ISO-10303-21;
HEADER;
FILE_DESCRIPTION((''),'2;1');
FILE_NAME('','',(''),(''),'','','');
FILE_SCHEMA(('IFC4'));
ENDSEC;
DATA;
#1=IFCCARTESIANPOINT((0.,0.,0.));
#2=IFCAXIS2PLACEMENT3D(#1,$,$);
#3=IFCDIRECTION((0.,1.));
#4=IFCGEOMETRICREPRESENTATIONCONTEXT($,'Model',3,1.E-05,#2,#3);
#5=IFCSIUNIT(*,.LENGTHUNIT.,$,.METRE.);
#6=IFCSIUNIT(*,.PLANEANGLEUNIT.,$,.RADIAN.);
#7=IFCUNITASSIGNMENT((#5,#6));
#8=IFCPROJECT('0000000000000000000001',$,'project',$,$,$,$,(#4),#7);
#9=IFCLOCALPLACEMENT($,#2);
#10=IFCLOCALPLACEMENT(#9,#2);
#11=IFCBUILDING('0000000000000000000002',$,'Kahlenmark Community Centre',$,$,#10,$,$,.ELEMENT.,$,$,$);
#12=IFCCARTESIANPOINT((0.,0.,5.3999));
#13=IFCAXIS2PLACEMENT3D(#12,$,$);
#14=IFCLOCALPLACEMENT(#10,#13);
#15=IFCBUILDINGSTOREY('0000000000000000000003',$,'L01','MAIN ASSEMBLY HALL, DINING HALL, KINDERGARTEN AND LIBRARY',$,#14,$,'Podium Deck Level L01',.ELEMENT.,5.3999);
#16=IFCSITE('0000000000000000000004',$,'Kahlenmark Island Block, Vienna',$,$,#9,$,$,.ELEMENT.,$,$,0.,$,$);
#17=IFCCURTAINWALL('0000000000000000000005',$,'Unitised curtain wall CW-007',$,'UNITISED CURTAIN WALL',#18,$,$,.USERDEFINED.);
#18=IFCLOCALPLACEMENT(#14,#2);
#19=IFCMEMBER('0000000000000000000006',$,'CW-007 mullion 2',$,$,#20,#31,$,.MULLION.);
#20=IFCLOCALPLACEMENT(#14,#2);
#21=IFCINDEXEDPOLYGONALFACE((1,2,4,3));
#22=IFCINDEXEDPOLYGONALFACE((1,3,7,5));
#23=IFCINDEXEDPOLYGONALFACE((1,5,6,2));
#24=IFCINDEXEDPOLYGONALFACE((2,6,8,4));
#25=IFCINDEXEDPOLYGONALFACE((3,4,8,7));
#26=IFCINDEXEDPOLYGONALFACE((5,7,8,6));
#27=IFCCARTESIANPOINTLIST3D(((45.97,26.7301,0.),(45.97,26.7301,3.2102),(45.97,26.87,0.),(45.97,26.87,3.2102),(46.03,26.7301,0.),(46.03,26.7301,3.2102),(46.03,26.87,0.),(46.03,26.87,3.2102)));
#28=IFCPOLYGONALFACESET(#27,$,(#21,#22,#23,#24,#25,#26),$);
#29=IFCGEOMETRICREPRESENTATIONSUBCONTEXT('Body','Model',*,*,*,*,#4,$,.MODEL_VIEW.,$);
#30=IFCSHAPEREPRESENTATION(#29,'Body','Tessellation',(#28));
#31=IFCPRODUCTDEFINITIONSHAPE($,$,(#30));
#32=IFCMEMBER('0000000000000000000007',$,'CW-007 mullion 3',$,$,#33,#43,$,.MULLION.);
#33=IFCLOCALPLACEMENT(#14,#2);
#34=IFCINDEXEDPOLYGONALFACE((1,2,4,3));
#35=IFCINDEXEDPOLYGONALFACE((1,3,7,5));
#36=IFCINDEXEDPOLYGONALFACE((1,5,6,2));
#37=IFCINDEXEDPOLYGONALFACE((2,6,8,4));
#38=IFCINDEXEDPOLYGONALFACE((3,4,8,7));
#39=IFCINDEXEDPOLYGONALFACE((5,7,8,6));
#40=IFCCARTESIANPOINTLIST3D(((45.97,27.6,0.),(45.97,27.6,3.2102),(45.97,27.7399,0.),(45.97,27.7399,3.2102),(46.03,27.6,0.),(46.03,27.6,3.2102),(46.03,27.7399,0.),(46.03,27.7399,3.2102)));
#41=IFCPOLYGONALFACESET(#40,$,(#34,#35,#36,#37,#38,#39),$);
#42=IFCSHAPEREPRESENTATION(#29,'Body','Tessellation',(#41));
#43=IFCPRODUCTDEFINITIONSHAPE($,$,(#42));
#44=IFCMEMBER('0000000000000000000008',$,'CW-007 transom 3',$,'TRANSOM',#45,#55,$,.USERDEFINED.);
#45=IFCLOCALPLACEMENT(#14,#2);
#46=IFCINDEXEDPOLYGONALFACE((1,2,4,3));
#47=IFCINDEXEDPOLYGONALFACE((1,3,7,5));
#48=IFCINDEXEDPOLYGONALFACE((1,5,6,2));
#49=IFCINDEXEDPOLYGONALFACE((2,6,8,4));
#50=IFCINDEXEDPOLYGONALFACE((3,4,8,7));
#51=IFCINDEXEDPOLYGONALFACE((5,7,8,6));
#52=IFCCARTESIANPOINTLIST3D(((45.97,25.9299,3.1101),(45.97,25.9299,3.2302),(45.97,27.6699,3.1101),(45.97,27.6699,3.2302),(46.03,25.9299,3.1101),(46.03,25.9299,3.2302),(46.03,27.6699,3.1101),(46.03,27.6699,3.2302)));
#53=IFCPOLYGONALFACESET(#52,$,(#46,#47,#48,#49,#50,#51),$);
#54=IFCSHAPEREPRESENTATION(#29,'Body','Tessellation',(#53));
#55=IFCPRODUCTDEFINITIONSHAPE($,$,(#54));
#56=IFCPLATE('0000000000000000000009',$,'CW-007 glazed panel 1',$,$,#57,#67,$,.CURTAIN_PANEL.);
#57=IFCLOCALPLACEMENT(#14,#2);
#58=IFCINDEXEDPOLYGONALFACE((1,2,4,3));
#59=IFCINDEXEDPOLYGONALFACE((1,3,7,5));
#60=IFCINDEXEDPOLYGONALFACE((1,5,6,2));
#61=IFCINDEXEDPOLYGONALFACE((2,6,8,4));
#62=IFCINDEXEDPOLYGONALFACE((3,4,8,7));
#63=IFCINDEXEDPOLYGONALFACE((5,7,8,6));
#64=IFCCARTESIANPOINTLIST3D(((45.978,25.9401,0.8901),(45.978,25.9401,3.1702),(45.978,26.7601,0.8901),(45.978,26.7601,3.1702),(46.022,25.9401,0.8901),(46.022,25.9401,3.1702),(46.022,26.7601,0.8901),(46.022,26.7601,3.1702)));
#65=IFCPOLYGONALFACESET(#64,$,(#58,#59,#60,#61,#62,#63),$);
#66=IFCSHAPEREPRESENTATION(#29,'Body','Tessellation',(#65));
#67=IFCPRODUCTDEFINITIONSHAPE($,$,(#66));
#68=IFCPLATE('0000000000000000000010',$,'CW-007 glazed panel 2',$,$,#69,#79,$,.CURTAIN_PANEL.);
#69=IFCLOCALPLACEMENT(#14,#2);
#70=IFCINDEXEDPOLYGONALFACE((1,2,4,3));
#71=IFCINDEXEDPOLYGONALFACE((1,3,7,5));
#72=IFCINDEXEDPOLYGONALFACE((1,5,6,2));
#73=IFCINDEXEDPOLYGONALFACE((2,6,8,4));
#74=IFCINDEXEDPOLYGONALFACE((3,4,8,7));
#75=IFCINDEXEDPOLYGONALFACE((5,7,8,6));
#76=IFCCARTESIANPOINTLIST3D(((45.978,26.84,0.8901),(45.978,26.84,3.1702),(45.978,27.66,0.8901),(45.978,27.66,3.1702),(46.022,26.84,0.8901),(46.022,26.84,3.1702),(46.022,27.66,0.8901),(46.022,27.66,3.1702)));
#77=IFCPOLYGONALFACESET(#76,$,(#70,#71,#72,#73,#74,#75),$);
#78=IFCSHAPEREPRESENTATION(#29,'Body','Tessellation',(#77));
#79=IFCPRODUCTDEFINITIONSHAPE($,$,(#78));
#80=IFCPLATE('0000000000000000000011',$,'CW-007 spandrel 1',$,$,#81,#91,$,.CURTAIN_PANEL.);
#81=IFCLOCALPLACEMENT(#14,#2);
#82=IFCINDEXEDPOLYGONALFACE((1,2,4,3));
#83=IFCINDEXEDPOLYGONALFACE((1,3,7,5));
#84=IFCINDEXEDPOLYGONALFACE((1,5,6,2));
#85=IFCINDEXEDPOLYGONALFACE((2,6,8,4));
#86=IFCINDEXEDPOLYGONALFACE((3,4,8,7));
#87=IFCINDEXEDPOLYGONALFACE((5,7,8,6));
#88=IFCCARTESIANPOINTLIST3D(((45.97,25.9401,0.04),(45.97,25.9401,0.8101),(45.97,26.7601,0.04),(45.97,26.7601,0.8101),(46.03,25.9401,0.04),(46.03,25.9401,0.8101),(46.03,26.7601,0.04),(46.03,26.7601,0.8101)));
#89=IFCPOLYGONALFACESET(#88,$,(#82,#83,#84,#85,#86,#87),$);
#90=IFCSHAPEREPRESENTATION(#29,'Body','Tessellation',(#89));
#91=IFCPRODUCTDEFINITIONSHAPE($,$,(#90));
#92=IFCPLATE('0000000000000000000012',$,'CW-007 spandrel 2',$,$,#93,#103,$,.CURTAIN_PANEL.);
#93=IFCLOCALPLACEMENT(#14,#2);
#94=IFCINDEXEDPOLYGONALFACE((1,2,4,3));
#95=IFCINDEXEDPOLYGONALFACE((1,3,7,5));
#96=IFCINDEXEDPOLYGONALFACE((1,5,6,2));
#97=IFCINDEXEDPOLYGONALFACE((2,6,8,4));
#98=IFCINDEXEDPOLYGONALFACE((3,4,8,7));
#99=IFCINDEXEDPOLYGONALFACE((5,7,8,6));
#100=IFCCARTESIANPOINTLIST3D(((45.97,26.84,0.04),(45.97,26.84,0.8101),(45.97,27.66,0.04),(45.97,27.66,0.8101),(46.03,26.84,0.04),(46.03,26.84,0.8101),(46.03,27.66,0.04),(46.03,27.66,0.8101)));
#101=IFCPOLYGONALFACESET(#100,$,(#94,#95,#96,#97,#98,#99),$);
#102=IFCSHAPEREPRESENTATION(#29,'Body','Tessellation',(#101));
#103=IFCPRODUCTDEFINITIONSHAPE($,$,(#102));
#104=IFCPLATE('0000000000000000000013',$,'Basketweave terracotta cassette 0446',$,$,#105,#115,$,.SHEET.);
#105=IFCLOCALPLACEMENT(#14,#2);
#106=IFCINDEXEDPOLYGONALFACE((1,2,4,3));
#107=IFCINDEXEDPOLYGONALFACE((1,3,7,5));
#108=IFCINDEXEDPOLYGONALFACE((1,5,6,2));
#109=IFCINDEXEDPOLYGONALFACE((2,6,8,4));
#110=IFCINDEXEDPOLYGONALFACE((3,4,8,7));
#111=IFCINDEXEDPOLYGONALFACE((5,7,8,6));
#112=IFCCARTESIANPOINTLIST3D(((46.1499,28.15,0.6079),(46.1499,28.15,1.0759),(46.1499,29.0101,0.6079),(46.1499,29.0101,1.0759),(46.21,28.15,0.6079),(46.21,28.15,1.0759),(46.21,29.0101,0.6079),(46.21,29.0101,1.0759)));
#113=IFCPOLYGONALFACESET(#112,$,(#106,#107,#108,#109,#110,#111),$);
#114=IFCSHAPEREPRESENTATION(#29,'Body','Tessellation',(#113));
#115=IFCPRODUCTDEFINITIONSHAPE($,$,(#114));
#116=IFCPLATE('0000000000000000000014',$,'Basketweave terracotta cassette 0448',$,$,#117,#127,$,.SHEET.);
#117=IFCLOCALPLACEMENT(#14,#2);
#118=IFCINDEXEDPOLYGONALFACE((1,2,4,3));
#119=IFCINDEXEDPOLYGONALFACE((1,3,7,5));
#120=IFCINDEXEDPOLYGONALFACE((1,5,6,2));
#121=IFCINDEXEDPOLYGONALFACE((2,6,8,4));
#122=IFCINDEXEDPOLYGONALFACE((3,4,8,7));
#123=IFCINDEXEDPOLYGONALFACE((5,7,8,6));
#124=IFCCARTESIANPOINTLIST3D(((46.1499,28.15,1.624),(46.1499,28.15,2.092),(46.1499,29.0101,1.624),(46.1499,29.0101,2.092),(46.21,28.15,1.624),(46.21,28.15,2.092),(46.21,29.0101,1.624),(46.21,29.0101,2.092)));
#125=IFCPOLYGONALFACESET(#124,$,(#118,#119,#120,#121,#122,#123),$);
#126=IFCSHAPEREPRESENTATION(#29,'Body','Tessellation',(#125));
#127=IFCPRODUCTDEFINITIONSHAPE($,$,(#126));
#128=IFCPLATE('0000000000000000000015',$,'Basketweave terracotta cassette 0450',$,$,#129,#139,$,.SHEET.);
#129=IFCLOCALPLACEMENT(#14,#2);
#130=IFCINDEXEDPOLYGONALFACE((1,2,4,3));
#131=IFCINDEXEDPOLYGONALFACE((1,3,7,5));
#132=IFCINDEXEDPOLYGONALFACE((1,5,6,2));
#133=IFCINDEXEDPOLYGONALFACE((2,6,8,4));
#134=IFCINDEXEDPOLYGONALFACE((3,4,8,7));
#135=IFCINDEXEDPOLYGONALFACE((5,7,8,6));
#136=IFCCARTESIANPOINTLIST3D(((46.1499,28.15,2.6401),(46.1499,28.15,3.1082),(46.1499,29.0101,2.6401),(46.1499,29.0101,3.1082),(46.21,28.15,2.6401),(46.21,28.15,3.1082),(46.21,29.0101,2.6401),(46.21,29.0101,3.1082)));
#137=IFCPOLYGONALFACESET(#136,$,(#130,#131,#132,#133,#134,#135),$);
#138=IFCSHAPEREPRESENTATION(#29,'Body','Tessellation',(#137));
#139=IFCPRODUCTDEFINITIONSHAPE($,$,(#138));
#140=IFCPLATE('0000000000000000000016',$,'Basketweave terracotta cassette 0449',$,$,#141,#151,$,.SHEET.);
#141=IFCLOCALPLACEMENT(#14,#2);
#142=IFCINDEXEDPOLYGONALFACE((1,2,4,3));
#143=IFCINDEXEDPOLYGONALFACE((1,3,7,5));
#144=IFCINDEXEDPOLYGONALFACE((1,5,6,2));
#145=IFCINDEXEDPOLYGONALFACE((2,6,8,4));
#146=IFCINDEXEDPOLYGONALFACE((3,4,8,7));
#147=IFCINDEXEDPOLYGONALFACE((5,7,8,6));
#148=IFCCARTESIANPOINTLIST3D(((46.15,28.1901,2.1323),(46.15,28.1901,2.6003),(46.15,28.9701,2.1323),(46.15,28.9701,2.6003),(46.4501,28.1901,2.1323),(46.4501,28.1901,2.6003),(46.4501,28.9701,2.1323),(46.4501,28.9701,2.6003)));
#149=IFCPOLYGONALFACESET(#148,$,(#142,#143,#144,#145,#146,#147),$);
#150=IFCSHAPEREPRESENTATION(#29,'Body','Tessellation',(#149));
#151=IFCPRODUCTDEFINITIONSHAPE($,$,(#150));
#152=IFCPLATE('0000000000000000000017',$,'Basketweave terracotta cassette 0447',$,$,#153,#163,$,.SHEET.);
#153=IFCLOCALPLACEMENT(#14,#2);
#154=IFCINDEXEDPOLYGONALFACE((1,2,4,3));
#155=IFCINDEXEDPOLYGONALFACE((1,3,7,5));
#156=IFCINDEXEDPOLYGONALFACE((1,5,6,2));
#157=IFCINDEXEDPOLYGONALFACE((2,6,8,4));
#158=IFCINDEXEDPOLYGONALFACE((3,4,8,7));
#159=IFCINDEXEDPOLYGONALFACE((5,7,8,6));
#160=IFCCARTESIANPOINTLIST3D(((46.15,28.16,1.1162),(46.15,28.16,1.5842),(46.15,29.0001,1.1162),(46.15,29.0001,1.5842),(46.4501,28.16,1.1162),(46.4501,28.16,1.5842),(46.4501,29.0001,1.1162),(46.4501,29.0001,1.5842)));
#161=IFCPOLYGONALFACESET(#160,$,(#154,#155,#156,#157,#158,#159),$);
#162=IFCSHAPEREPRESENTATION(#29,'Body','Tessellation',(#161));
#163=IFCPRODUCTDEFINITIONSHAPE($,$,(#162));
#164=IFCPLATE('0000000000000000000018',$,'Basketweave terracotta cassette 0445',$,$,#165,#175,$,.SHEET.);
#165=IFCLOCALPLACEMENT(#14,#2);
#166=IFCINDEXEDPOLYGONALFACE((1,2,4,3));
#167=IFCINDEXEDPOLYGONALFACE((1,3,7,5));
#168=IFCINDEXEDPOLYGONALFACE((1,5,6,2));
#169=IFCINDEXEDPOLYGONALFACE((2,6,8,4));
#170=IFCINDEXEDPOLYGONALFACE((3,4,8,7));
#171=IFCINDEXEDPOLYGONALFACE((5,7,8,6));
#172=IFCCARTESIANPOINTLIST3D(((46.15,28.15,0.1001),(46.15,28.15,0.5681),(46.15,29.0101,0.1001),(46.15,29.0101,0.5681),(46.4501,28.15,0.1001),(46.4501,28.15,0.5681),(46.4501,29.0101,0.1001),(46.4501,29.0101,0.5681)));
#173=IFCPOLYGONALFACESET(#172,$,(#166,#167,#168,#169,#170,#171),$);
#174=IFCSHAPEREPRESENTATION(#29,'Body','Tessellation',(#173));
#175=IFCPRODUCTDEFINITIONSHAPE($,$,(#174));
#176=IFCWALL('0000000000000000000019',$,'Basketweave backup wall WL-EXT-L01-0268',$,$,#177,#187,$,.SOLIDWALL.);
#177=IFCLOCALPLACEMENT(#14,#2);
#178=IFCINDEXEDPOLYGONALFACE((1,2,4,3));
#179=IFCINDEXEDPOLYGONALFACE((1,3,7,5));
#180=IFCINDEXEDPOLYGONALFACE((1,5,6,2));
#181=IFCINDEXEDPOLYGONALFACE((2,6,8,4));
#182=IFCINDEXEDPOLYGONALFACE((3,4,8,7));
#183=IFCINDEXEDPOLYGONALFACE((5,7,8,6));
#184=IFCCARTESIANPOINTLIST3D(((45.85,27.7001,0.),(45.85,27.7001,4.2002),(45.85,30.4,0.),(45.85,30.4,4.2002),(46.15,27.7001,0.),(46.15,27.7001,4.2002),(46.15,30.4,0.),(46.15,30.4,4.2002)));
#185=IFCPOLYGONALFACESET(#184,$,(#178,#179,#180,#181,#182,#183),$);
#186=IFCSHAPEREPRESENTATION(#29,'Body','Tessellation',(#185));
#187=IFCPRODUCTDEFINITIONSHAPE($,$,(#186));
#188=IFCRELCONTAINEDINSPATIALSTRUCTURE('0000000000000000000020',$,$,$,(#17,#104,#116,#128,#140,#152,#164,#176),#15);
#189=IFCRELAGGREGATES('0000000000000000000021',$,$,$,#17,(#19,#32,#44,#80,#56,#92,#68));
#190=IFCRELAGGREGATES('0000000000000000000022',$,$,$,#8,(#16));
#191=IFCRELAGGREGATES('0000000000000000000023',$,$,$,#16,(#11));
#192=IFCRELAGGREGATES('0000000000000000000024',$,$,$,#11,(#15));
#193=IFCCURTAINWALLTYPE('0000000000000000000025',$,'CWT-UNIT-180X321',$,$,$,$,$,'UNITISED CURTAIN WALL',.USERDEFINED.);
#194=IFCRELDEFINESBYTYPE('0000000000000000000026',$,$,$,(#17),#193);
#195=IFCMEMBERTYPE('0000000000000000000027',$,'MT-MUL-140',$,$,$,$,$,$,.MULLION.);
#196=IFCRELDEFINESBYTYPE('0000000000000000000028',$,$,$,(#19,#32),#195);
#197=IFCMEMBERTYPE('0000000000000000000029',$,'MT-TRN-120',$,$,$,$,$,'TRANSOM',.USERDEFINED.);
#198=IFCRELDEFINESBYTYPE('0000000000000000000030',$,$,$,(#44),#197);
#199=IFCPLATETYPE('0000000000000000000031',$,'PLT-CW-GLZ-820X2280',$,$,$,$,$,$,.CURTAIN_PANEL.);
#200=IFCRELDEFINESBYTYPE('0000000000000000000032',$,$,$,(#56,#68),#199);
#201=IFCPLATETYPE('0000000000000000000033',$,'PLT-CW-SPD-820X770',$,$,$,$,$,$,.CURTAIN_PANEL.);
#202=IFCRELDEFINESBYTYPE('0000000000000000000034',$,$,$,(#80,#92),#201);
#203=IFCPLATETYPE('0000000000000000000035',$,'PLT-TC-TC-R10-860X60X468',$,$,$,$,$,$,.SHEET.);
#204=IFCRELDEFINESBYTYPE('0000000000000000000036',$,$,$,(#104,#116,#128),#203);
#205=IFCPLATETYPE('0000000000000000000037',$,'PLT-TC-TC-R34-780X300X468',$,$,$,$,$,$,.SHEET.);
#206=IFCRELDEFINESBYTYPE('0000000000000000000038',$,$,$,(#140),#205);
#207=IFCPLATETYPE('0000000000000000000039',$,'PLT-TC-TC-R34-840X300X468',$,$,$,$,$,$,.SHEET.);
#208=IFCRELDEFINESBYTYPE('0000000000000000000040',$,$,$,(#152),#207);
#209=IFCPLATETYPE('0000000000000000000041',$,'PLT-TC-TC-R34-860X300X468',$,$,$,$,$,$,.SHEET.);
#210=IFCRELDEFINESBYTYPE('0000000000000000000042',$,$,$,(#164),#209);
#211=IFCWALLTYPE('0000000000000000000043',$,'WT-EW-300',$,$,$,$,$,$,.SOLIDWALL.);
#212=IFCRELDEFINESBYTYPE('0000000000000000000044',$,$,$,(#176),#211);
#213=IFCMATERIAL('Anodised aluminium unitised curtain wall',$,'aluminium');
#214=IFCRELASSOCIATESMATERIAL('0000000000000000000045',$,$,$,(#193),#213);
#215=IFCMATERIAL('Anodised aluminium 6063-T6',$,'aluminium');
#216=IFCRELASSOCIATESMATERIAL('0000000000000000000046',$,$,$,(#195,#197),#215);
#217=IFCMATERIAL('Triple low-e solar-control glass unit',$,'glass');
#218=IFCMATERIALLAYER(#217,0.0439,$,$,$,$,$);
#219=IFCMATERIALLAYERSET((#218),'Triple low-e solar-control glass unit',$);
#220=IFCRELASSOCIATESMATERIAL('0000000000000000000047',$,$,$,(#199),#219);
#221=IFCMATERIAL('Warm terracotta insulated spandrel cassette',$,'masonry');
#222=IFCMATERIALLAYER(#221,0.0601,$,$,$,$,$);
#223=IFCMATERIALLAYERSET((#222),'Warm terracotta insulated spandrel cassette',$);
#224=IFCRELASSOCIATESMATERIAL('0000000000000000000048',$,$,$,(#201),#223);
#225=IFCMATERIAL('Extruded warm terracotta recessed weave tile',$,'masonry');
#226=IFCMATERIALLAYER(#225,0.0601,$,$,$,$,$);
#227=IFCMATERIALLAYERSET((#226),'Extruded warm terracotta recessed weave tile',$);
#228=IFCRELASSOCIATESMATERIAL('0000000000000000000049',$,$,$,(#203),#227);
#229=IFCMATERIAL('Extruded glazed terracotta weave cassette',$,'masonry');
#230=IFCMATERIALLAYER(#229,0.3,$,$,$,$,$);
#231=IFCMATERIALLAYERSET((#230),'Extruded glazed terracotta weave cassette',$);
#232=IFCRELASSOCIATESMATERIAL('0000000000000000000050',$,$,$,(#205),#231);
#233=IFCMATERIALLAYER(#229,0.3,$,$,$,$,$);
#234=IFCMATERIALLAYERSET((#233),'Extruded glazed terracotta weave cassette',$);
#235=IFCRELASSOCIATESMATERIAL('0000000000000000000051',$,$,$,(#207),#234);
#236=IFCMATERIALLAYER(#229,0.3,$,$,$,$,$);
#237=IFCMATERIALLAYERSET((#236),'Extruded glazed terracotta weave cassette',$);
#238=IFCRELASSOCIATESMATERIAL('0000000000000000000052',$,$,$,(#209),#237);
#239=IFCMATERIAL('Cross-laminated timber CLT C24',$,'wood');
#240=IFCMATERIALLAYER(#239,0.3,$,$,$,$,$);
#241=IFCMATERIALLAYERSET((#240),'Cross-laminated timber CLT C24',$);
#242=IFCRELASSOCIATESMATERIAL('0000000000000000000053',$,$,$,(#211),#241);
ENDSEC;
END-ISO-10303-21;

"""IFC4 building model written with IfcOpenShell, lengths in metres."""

from ifc_helpers import new_model, si_unit, direction, frame, frame_2d, origin, origin_2d, place, context, subcontext, project, spatial, rectangle, extrude, material, layer, layer_set, material_profile, profile_set, type_object, element, aggregate, save


model = new_model("IFC4")

# Units and contexts
model_context = context("Model", 3, precision=1e-05, world=origin(), true_north=direction((0.0, 1.0)))
body_context = subcontext(model_context, "Body", "Model", "MODEL_VIEW")
ifc_project = project(units=[si_unit("LENGTHUNIT", "METRE"), si_unit("PLANEANGLEUNIT", "RADIAN")], contexts=[model_context])

# Site, building, storey
site_placement = place(None, origin())
site = spatial("IfcSite", under=ifc_project, at=site_placement, Name="Kahlenmark Island Block, Vienna", CompositionType="ELEMENT", RefElevation=0.0)
building_placement = place(site_placement, origin())
building = spatial("IfcBuilding", under=site, at=building_placement, Name="Kahlenmark Community Centre", CompositionType="ELEMENT")
storey_placement = place(building_placement, frame((0.0, 0.0, 5.3999)))
storey = spatial("IfcBuildingStorey", under=building, at=storey_placement, Name="L01", Description="MAIN ASSEMBLY HALL, DINING HALL, KINDERGARTEN AND LIBRARY", LongName="Podium Deck Level L01", CompositionType="ELEMENT", Elevation=5.3999)

# Curtain wall, members, plates
ifc_material_1 = material(Name="Anodised aluminium unitised curtain wall", Category="aluminium")
curtain_wall_type = type_object("IfcCurtainWallType", Name="CWT-UNIT-180X321", ElementType="UNITISED CURTAIN WALL", PredefinedType="USERDEFINED", material=ifc_material_1)
curtain_wall_placement = place(storey_placement, origin())
curtain_wall = element("IfcCurtainWall", 1, at=curtain_wall_placement, inside=storey, type_object=curtain_wall_type, Name="Unitised curtain wall CW-007", ObjectType="UNITISED CURTAIN WALL", PredefinedType="USERDEFINED")
ifc_material_2 = material(Name="Anodised aluminium 6063-T6", Category="aluminium")
ifc_material_profile_1 = material_profile(ifc_material_2, rectangle(XDim=0.0601, YDim=0.1399, at=origin_2d()), Name="ALU MULLION 60x140")
ifc_profile_set_1 = profile_set([ifc_material_profile_1], Name="Anodised aluminium 6063-T6")
member_type_1 = type_object("IfcMemberType", Name="MT-MUL-140", PredefinedType="MULLION", material=ifc_profile_set_1)
member_1_placement = place(storey_placement, frame((46.0, 26.8, 0.0), z_axis=(0.0, 0.0, 1.0), x_axis=(-1.0, 0.0, 0.0)))
member_1 = element("IfcMember", 2, at=member_1_placement, type_object=member_type_1, Name="CW-007 mullion 2", PredefinedType="MULLION", context=body_context, shape_type="SweptSolid", body=[
    extrude(rectangle(XDim=0.0601, YDim=0.1399, at=origin_2d()), origin(), (0.0, 0.0, 1.0), 3.2102),
])
member_2_placement = place(storey_placement, frame((46.0, 27.6699, 0.0), z_axis=(0.0, 0.0, 1.0), x_axis=(-1.0, 0.0, 0.0)))
member_2 = element("IfcMember", 3, at=member_2_placement, type_object=member_type_1, Name="CW-007 mullion 3", PredefinedType="MULLION", context=body_context, shape_type="SweptSolid", body=[
    extrude(rectangle(XDim=0.0601, YDim=0.1399, at=origin_2d()), origin(), (0.0, 0.0, 1.0), 3.2102),
])
ifc_material_profile_2 = material_profile(ifc_material_2, rectangle(XDim=0.0601, YDim=0.1201, at=origin_2d()), Name="ALU TRANSOM 60x120")
ifc_profile_set_2 = profile_set([ifc_material_profile_2], Name="Anodised aluminium 6063-T6")
member_type_2 = type_object("IfcMemberType", Name="MT-TRN-120", ElementType="TRANSOM", PredefinedType="USERDEFINED", material=ifc_profile_set_2)
member_3_placement = place(storey_placement, frame((46.0, 25.9299, 3.1702), z_axis=(0.0, 1.0, 0.0), x_axis=(-1.0, 0.0, 0.0)))
member_3 = element("IfcMember", 4, at=member_3_placement, type_object=member_type_2, Name="CW-007 transom 3", ObjectType="TRANSOM", PredefinedType="USERDEFINED", context=body_context, shape_type="SweptSolid", body=[
    extrude(rectangle(XDim=0.0601, YDim=0.1201, at=origin_2d()), origin(), (0.0, 0.0, 1.0), 1.74),
])
ifc_material_3 = material(Name="Triple low-e solar-control glass unit", Category="glass")
ifc_layer_1 = layer(ifc_material_3, 0.0439)
ifc_layer_set_1 = layer_set([ifc_layer_1], Name="Triple low-e solar-control glass unit")
plate_type_1 = type_object("IfcPlateType", Name="PLT-CW-GLZ-820X2280", PredefinedType="CURTAIN_PANEL", material=ifc_layer_set_1)
plate_1_placement = place(storey_placement, frame((46.0, 26.3501, 0.8901), z_axis=(0.0, 0.0, 1.0), x_axis=(0.0, 1.0, 0.0)))
plate_1 = element("IfcPlate", 5, at=plate_1_placement, type_object=plate_type_1, Name="CW-007 glazed panel 1", PredefinedType="CURTAIN_PANEL", context=body_context, shape_type="SweptSolid", body=[
    extrude(rectangle(XDim=0.8201, YDim=0.0439, at=origin_2d()), origin(), (0.0, 0.0, 1.0), 2.28),
])
plate_2_placement = place(storey_placement, frame((46.0, 27.25, 0.8901), z_axis=(0.0, 0.0, 1.0), x_axis=(0.0, 1.0, 0.0)))
plate_2 = element("IfcPlate", 6, at=plate_2_placement, type_object=plate_type_1, Name="CW-007 glazed panel 2", PredefinedType="CURTAIN_PANEL", context=body_context, shape_type="SweptSolid", body=[
    extrude(rectangle(XDim=0.8201, YDim=0.0439, at=origin_2d()), origin(), (0.0, 0.0, 1.0), 2.28),
])
ifc_material_4 = material(Name="Warm terracotta insulated spandrel cassette", Category="masonry")
ifc_layer_2 = layer(ifc_material_4, 0.0601)
ifc_layer_set_2 = layer_set([ifc_layer_2], Name="Warm terracotta insulated spandrel cassette")
plate_type_2 = type_object("IfcPlateType", Name="PLT-CW-SPD-820X770", PredefinedType="CURTAIN_PANEL", material=ifc_layer_set_2)
plate_3_placement = place(storey_placement, frame((46.0, 26.3501, 0.04), z_axis=(0.0, 0.0, 1.0), x_axis=(0.0, 1.0, 0.0)))
plate_3 = element("IfcPlate", 7, at=plate_3_placement, type_object=plate_type_2, Name="CW-007 spandrel 1", PredefinedType="CURTAIN_PANEL", context=body_context, shape_type="SweptSolid", body=[
    extrude(rectangle(XDim=0.8201, YDim=0.0601, at=origin_2d()), origin(), (0.0, 0.0, 1.0), 0.77),
])
plate_4_placement = place(storey_placement, frame((46.0, 27.25, 0.04), z_axis=(0.0, 0.0, 1.0), x_axis=(0.0, 1.0, 0.0)))
plate_4 = element("IfcPlate", 8, at=plate_4_placement, type_object=plate_type_2, Name="CW-007 spandrel 2", PredefinedType="CURTAIN_PANEL", context=body_context, shape_type="SweptSolid", body=[
    extrude(rectangle(XDim=0.8201, YDim=0.0601, at=origin_2d()), origin(), (0.0, 0.0, 1.0), 0.77),
])
aggregate(curtain_wall, [member_1, member_2, member_3, plate_3, plate_1, plate_4, plate_2])

# Plates
ifc_material_5 = material(Name="Extruded warm terracotta recessed weave tile", Category="masonry")
ifc_layer_3 = layer(ifc_material_5, 0.0601)
ifc_layer_set_3 = layer_set([ifc_layer_3], Name="Extruded warm terracotta recessed weave tile")
plate_type_3 = type_object("IfcPlateType", Name="PLT-TC-TC-R10-860X60X468", PredefinedType="SHEET", material=ifc_layer_set_3)
for number, where, z_axis, x_axis, name in (
    (9, (46.1799, 28.5801, 0.6079), (0.0, 0.0, 1.0), (0.0, 1.0, 0.0), "Basketweave terracotta cassette 0446"),
    (10, (46.1799, 28.5801, 1.624), (0.0, 0.0, 1.0), (0.0, 1.0, 0.0), "Basketweave terracotta cassette 0448"),
    (11, (46.1799, 28.5801, 2.6401), (0.0, 0.0, 1.0), (0.0, 1.0, 0.0), "Basketweave terracotta cassette 0450"),
):
    element("IfcPlate", number, at=place(storey_placement, frame(where, z_axis=z_axis, x_axis=x_axis)), inside=storey, type_object=plate_type_3, Name=name, PredefinedType="SHEET", context=body_context, shape_type="SweptSolid", body=[
        extrude(rectangle(XDim=0.8601, YDim=0.0601, at=origin_2d()), origin(), (0.0, 0.0, 1.0), 0.468),
    ])
ifc_material_6 = material(Name="Extruded glazed terracotta weave cassette", Category="masonry")
ifc_layer_4 = layer(ifc_material_6, 0.3)
ifc_layer_set_4 = layer_set([ifc_layer_4], Name="Extruded glazed terracotta weave cassette")
plate_type_4 = type_object("IfcPlateType", Name="PLT-TC-TC-R34-780X300X468", PredefinedType="SHEET", material=ifc_layer_set_4)
plate_5_placement = place(storey_placement, frame((46.3, 28.5801, 2.1323), z_axis=(0.0, 0.0, 1.0), x_axis=(0.0, 1.0, 0.0)))
element("IfcPlate", 12, at=plate_5_placement, inside=storey, type_object=plate_type_4, Name="Basketweave terracotta cassette 0449", PredefinedType="SHEET", context=body_context, shape_type="SweptSolid", body=[
    extrude(rectangle(XDim=0.78, YDim=0.3, at=origin_2d()), origin(), (0.0, 0.0, 1.0), 0.468),
])
ifc_layer_5 = layer(ifc_material_6, 0.3)
ifc_layer_set_5 = layer_set([ifc_layer_5], Name="Extruded glazed terracotta weave cassette")
plate_type_5 = type_object("IfcPlateType", Name="PLT-TC-TC-R34-840X300X468", PredefinedType="SHEET", material=ifc_layer_set_5)
plate_6_placement = place(storey_placement, frame((46.3, 28.5801, 1.1162), z_axis=(0.0, 0.0, 1.0), x_axis=(0.0, 1.0, 0.0)))
element("IfcPlate", 13, at=plate_6_placement, inside=storey, type_object=plate_type_5, Name="Basketweave terracotta cassette 0447", PredefinedType="SHEET", context=body_context, shape_type="SweptSolid", body=[
    extrude(rectangle(XDim=0.8401, YDim=0.3, at=origin_2d()), origin(), (0.0, 0.0, 1.0), 0.468),
])
ifc_layer_6 = layer(ifc_material_6, 0.3)
ifc_layer_set_6 = layer_set([ifc_layer_6], Name="Extruded glazed terracotta weave cassette")
plate_type_6 = type_object("IfcPlateType", Name="PLT-TC-TC-R34-860X300X468", PredefinedType="SHEET", material=ifc_layer_set_6)
plate_7_placement = place(storey_placement, frame((46.3, 28.5801, 0.1001), z_axis=(0.0, 0.0, 1.0), x_axis=(0.0, 1.0, 0.0)))
element("IfcPlate", 14, at=plate_7_placement, inside=storey, type_object=plate_type_6, Name="Basketweave terracotta cassette 0445", PredefinedType="SHEET", context=body_context, shape_type="SweptSolid", body=[
    extrude(rectangle(XDim=0.8601, YDim=0.3, at=origin_2d()), origin(), (0.0, 0.0, 1.0), 0.468),
])

# Wall
ifc_material_7 = material(Name="Cross-laminated timber CLT C24", Category="wood")
ifc_layer_7 = layer(ifc_material_7, 0.3)
ifc_layer_set_7 = layer_set([ifc_layer_7], Name="Cross-laminated timber CLT C24")
wall_type = type_object("IfcWallType", Name="WT-EW-300", PredefinedType="SOLIDWALL", material=ifc_layer_set_7)
wall_placement = place(storey_placement, frame((46.0, 27.7, 0.0), z_axis=(0.0, 0.0, 1.0), x_axis=(0.0, 1.0, 0.0)))
element("IfcWall", 15, at=wall_placement, inside=storey, type_object=wall_type, Name="Basketweave backup wall WL-EXT-L01-0268", PredefinedType="SOLIDWALL", context=body_context, shape_type="SweptSolid", body=[
    extrude(rectangle(XDim=2.7, YDim=0.3, at=frame_2d((1.3501, 0.0))), origin(), (0.0, 0.0, 1.0), 4.2002),
])

save(model, "model.ifc")
